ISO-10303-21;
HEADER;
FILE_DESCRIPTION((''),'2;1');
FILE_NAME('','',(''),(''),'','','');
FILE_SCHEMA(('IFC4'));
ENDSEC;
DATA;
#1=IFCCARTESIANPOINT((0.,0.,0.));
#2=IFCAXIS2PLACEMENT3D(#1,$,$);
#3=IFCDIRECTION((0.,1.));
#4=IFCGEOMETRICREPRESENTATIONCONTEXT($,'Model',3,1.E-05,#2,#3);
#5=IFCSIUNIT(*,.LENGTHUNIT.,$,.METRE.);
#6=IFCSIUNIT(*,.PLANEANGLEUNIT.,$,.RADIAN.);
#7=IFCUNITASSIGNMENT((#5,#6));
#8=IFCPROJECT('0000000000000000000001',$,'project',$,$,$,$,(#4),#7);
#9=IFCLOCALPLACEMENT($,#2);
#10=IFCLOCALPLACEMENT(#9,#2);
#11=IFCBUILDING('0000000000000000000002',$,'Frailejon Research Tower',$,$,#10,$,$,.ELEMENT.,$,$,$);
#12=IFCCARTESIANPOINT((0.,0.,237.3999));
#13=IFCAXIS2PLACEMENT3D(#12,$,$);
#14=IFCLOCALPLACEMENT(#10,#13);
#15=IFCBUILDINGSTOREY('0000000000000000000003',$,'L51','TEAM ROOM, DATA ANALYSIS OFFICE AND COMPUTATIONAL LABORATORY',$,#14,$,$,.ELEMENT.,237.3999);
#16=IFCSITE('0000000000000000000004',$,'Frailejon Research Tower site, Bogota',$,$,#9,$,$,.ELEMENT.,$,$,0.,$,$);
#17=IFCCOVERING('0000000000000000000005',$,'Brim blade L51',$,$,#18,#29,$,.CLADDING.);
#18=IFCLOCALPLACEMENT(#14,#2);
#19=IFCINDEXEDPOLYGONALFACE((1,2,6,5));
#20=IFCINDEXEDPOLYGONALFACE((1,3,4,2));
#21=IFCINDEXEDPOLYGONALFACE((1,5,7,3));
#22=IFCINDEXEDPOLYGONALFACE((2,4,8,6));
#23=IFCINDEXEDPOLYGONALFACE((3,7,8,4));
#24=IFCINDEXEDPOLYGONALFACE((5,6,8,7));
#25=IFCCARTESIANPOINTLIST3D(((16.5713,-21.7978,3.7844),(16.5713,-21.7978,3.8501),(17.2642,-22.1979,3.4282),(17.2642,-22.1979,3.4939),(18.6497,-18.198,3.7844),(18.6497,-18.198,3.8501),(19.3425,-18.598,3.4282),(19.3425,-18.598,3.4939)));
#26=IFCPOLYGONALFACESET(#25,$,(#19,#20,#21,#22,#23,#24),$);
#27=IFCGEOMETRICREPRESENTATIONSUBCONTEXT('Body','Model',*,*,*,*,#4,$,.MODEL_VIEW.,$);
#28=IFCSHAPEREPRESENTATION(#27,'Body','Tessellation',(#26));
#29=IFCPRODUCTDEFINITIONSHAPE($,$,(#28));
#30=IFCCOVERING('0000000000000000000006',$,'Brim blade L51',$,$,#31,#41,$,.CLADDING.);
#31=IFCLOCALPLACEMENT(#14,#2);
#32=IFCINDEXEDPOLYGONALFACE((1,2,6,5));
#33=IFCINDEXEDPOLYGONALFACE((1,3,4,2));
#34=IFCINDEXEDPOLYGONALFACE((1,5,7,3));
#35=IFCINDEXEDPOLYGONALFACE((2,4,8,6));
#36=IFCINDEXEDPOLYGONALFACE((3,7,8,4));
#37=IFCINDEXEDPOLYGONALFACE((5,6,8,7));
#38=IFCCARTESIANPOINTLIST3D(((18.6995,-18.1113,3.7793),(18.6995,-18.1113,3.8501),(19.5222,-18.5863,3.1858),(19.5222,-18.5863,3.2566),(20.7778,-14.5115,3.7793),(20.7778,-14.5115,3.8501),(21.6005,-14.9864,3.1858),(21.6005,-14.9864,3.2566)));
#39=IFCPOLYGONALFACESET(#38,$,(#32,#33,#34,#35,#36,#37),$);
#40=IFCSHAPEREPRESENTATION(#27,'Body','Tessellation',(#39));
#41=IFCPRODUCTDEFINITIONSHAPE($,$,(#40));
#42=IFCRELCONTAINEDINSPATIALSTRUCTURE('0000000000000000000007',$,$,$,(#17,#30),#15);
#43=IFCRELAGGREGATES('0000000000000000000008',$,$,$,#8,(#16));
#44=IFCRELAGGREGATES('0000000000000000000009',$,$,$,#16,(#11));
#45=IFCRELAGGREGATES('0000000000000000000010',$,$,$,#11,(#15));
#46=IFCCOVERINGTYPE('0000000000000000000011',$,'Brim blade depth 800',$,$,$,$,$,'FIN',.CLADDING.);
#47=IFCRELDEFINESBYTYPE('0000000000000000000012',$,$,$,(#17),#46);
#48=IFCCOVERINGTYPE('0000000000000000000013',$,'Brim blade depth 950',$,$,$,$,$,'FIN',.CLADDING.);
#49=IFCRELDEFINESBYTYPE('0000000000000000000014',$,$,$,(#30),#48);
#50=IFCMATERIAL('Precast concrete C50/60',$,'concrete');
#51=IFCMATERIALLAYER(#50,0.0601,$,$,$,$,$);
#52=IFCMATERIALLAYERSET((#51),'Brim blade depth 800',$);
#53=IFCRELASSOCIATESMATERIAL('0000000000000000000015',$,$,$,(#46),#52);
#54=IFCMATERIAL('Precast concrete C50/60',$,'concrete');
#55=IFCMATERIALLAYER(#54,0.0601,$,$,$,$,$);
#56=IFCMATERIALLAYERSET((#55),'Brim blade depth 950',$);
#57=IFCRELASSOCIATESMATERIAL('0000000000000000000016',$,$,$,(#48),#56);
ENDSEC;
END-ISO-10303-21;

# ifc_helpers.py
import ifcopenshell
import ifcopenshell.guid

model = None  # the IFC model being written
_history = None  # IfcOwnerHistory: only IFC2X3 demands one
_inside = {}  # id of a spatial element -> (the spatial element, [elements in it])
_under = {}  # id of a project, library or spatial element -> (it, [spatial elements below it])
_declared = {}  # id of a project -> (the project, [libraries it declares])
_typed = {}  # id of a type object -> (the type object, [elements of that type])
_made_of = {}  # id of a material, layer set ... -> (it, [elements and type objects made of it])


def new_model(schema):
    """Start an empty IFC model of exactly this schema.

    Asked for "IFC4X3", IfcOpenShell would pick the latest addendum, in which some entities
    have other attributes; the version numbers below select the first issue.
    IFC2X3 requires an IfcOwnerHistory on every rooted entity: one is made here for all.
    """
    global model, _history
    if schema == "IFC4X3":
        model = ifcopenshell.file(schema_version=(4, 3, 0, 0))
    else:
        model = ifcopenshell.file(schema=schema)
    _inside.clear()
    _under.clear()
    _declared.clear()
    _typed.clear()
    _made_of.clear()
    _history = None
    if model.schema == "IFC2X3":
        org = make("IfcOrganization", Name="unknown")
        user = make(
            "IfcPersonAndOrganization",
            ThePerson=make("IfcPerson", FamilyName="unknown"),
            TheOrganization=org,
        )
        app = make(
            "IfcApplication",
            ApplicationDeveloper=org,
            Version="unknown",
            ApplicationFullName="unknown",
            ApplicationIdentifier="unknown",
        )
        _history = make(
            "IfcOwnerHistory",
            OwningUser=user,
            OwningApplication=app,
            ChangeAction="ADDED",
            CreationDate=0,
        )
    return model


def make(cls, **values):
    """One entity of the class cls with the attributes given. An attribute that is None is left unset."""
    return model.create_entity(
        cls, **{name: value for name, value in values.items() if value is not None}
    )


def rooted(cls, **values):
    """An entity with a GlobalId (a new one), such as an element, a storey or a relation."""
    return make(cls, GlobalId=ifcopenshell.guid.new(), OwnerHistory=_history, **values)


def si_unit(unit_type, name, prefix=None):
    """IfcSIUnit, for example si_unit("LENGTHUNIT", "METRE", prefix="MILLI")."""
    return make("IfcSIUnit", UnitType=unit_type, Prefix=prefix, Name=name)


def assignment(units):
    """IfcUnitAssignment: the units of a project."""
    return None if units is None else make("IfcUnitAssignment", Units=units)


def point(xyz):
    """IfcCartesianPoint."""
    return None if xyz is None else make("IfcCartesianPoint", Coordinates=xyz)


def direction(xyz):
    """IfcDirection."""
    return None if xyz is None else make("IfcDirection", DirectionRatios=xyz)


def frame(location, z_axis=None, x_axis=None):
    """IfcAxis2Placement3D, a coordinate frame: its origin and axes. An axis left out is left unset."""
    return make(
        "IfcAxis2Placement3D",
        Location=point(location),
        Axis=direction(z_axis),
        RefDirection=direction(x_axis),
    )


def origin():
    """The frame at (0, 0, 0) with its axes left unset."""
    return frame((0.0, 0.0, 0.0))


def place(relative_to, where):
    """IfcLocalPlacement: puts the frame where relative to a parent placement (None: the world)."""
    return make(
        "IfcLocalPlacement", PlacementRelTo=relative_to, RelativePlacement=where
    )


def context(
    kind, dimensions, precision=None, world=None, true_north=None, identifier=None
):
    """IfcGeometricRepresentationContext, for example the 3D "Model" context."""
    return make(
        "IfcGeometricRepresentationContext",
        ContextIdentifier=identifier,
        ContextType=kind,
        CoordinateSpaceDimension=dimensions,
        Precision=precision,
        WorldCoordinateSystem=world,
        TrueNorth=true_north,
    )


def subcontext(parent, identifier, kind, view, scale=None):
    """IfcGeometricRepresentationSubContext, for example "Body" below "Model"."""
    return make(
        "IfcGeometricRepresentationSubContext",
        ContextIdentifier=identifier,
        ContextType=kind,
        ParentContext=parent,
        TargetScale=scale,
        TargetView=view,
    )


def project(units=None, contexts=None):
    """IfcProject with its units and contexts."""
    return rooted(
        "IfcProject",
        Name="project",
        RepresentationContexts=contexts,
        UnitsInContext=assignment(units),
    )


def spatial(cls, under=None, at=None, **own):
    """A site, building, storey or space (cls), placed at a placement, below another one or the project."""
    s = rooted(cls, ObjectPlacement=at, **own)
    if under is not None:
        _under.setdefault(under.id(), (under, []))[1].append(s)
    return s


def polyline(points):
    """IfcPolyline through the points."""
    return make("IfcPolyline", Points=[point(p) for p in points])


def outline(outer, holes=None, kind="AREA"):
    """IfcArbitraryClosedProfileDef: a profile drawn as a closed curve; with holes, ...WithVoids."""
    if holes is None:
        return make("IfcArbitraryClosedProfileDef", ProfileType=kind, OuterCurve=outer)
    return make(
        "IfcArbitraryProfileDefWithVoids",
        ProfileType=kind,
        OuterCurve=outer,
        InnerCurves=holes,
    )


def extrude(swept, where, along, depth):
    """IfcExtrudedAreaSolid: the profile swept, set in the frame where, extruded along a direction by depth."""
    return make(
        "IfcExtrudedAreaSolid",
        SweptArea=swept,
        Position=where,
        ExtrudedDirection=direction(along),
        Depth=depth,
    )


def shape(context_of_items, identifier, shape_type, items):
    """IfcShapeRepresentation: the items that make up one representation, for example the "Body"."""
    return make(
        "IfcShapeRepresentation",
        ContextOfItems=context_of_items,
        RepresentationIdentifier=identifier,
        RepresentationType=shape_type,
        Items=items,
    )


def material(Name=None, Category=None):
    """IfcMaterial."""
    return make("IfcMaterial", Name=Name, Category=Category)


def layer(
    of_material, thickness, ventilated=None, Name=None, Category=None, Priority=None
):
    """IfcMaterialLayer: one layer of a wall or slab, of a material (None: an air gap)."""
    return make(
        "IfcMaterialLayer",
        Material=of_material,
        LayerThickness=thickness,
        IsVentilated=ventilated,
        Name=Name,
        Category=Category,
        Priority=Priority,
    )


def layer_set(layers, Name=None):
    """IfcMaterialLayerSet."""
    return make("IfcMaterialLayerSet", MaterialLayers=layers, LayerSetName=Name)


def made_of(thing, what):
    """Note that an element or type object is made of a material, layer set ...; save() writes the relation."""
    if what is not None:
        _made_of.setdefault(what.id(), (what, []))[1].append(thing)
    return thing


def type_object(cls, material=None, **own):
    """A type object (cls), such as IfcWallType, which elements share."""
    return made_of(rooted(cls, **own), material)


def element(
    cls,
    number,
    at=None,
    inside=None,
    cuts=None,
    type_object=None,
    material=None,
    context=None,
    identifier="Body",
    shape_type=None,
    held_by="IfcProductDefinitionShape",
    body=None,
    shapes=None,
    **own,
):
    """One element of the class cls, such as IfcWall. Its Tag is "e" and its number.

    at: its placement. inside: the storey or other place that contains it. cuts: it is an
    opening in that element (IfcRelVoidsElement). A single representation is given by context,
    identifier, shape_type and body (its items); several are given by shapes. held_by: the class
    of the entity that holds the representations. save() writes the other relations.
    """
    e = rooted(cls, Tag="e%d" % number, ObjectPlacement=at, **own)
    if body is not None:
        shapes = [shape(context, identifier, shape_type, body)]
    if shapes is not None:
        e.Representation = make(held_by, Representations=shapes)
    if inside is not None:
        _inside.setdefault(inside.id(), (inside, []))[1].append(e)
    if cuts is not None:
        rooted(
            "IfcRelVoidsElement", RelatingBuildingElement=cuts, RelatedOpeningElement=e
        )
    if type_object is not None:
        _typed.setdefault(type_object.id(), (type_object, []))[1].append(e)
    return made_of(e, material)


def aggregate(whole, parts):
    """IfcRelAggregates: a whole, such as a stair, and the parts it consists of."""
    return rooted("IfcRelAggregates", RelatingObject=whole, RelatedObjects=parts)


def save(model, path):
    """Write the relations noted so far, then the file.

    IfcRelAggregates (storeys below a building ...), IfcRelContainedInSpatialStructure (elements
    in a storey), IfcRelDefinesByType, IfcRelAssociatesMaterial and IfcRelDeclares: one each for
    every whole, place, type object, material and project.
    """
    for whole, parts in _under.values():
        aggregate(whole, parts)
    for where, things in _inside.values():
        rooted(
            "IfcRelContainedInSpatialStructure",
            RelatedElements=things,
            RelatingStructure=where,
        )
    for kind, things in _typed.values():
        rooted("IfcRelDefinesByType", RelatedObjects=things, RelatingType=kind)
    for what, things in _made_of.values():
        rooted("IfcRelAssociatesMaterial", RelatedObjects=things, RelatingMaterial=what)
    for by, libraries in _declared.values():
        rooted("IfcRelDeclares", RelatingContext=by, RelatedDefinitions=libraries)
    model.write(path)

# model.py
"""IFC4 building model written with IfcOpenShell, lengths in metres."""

from ifc_helpers import new_model, si_unit, direction, frame, origin, place, context, subcontext, project, spatial, polyline, outline, extrude, material, layer, layer_set, type_object, element, save


model = new_model("IFC4")

# Units and contexts
model_context = context("Model", 3, precision=1e-05, world=origin(), true_north=direction((0.0, 1.0)))
body_context = subcontext(model_context, "Body", "Model", "MODEL_VIEW")
ifc_project = project(units=[si_unit("LENGTHUNIT", "METRE"), si_unit("PLANEANGLEUNIT", "RADIAN")], contexts=[model_context])

# Site, building, storey
site_placement = place(None, origin())
site = spatial("IfcSite", under=ifc_project, at=site_placement, Name="Frailejon Research Tower site, Bogota", CompositionType="ELEMENT", RefElevation=0.0)
building_placement = place(site_placement, origin())
building = spatial("IfcBuilding", under=site, at=building_placement, Name="Frailejon Research Tower", CompositionType="ELEMENT")
storey_placement = place(building_placement, frame((0.0, 0.0, 237.3999)))
storey = spatial("IfcBuildingStorey", under=building, at=storey_placement, Name="L51", Description="TEAM ROOM, DATA ANALYSIS OFFICE AND COMPUTATIONAL LABORATORY", CompositionType="ELEMENT", Elevation=237.3999)

# Coverings
ifc_material_1 = material(Name="Precast concrete C50/60", Category="concrete")
ifc_layer_1 = layer(ifc_material_1, 0.0601)
ifc_layer_set_1 = layer_set([ifc_layer_1], Name="Brim blade depth 800")
covering_type_1 = type_object("IfcCoveringType", Name="Brim blade depth 800", ElementType="FIN", PredefinedType="CLADDING", material=ifc_layer_set_1)
covering_1_placement = place(storey_placement, frame((18.6497, -18.198, 3.8501), z_axis=(-0.5, -0.866026, 0.0), x_axis=(0.866026, -0.5, 0.0)))
element("IfcCovering", 1, at=covering_1_placement, inside=storey, type_object=covering_type_1, Name="Brim blade L51", PredefinedType="CLADDING", context=body_context, shape_type="SweptSolid", body=[
    extrude(outline(polyline([(0.0, -0.0657), (0.8, -0.4219), (0.8, -0.3562), (0.0, 0.0), (0.0, -0.0657)])), origin(), (0.0, 0.0, 1.0), 4.1567),
])
ifc_material_2 = material(Name="Precast concrete C50/60", Category="concrete")
ifc_layer_2 = layer(ifc_material_2, 0.0601)
ifc_layer_set_2 = layer_set([ifc_layer_2], Name="Brim blade depth 950")
covering_type_2 = type_object("IfcCoveringType", Name="Brim blade depth 950", ElementType="FIN", PredefinedType="CLADDING", material=ifc_layer_set_2)
covering_2_placement = place(storey_placement, frame((20.7778, -14.5115, 3.8501), z_axis=(-0.499992, -0.86603, 0.0), x_axis=(0.86603, -0.499992, 0.0)))
element("IfcCovering", 2, at=covering_2_placement, inside=storey, type_object=covering_type_2, Name="Brim blade L51", PredefinedType="CLADDING", context=body_context, shape_type="SweptSolid", body=[
    extrude(outline(polyline([(0.0, -0.0708), (0.95, -0.6643), (0.95, -0.5935), (0.0, 0.0), (0.0, -0.0708)])), origin(), (0.0, 0.0, 1.0), 4.1567),
])

save(model, "model.ifc")
